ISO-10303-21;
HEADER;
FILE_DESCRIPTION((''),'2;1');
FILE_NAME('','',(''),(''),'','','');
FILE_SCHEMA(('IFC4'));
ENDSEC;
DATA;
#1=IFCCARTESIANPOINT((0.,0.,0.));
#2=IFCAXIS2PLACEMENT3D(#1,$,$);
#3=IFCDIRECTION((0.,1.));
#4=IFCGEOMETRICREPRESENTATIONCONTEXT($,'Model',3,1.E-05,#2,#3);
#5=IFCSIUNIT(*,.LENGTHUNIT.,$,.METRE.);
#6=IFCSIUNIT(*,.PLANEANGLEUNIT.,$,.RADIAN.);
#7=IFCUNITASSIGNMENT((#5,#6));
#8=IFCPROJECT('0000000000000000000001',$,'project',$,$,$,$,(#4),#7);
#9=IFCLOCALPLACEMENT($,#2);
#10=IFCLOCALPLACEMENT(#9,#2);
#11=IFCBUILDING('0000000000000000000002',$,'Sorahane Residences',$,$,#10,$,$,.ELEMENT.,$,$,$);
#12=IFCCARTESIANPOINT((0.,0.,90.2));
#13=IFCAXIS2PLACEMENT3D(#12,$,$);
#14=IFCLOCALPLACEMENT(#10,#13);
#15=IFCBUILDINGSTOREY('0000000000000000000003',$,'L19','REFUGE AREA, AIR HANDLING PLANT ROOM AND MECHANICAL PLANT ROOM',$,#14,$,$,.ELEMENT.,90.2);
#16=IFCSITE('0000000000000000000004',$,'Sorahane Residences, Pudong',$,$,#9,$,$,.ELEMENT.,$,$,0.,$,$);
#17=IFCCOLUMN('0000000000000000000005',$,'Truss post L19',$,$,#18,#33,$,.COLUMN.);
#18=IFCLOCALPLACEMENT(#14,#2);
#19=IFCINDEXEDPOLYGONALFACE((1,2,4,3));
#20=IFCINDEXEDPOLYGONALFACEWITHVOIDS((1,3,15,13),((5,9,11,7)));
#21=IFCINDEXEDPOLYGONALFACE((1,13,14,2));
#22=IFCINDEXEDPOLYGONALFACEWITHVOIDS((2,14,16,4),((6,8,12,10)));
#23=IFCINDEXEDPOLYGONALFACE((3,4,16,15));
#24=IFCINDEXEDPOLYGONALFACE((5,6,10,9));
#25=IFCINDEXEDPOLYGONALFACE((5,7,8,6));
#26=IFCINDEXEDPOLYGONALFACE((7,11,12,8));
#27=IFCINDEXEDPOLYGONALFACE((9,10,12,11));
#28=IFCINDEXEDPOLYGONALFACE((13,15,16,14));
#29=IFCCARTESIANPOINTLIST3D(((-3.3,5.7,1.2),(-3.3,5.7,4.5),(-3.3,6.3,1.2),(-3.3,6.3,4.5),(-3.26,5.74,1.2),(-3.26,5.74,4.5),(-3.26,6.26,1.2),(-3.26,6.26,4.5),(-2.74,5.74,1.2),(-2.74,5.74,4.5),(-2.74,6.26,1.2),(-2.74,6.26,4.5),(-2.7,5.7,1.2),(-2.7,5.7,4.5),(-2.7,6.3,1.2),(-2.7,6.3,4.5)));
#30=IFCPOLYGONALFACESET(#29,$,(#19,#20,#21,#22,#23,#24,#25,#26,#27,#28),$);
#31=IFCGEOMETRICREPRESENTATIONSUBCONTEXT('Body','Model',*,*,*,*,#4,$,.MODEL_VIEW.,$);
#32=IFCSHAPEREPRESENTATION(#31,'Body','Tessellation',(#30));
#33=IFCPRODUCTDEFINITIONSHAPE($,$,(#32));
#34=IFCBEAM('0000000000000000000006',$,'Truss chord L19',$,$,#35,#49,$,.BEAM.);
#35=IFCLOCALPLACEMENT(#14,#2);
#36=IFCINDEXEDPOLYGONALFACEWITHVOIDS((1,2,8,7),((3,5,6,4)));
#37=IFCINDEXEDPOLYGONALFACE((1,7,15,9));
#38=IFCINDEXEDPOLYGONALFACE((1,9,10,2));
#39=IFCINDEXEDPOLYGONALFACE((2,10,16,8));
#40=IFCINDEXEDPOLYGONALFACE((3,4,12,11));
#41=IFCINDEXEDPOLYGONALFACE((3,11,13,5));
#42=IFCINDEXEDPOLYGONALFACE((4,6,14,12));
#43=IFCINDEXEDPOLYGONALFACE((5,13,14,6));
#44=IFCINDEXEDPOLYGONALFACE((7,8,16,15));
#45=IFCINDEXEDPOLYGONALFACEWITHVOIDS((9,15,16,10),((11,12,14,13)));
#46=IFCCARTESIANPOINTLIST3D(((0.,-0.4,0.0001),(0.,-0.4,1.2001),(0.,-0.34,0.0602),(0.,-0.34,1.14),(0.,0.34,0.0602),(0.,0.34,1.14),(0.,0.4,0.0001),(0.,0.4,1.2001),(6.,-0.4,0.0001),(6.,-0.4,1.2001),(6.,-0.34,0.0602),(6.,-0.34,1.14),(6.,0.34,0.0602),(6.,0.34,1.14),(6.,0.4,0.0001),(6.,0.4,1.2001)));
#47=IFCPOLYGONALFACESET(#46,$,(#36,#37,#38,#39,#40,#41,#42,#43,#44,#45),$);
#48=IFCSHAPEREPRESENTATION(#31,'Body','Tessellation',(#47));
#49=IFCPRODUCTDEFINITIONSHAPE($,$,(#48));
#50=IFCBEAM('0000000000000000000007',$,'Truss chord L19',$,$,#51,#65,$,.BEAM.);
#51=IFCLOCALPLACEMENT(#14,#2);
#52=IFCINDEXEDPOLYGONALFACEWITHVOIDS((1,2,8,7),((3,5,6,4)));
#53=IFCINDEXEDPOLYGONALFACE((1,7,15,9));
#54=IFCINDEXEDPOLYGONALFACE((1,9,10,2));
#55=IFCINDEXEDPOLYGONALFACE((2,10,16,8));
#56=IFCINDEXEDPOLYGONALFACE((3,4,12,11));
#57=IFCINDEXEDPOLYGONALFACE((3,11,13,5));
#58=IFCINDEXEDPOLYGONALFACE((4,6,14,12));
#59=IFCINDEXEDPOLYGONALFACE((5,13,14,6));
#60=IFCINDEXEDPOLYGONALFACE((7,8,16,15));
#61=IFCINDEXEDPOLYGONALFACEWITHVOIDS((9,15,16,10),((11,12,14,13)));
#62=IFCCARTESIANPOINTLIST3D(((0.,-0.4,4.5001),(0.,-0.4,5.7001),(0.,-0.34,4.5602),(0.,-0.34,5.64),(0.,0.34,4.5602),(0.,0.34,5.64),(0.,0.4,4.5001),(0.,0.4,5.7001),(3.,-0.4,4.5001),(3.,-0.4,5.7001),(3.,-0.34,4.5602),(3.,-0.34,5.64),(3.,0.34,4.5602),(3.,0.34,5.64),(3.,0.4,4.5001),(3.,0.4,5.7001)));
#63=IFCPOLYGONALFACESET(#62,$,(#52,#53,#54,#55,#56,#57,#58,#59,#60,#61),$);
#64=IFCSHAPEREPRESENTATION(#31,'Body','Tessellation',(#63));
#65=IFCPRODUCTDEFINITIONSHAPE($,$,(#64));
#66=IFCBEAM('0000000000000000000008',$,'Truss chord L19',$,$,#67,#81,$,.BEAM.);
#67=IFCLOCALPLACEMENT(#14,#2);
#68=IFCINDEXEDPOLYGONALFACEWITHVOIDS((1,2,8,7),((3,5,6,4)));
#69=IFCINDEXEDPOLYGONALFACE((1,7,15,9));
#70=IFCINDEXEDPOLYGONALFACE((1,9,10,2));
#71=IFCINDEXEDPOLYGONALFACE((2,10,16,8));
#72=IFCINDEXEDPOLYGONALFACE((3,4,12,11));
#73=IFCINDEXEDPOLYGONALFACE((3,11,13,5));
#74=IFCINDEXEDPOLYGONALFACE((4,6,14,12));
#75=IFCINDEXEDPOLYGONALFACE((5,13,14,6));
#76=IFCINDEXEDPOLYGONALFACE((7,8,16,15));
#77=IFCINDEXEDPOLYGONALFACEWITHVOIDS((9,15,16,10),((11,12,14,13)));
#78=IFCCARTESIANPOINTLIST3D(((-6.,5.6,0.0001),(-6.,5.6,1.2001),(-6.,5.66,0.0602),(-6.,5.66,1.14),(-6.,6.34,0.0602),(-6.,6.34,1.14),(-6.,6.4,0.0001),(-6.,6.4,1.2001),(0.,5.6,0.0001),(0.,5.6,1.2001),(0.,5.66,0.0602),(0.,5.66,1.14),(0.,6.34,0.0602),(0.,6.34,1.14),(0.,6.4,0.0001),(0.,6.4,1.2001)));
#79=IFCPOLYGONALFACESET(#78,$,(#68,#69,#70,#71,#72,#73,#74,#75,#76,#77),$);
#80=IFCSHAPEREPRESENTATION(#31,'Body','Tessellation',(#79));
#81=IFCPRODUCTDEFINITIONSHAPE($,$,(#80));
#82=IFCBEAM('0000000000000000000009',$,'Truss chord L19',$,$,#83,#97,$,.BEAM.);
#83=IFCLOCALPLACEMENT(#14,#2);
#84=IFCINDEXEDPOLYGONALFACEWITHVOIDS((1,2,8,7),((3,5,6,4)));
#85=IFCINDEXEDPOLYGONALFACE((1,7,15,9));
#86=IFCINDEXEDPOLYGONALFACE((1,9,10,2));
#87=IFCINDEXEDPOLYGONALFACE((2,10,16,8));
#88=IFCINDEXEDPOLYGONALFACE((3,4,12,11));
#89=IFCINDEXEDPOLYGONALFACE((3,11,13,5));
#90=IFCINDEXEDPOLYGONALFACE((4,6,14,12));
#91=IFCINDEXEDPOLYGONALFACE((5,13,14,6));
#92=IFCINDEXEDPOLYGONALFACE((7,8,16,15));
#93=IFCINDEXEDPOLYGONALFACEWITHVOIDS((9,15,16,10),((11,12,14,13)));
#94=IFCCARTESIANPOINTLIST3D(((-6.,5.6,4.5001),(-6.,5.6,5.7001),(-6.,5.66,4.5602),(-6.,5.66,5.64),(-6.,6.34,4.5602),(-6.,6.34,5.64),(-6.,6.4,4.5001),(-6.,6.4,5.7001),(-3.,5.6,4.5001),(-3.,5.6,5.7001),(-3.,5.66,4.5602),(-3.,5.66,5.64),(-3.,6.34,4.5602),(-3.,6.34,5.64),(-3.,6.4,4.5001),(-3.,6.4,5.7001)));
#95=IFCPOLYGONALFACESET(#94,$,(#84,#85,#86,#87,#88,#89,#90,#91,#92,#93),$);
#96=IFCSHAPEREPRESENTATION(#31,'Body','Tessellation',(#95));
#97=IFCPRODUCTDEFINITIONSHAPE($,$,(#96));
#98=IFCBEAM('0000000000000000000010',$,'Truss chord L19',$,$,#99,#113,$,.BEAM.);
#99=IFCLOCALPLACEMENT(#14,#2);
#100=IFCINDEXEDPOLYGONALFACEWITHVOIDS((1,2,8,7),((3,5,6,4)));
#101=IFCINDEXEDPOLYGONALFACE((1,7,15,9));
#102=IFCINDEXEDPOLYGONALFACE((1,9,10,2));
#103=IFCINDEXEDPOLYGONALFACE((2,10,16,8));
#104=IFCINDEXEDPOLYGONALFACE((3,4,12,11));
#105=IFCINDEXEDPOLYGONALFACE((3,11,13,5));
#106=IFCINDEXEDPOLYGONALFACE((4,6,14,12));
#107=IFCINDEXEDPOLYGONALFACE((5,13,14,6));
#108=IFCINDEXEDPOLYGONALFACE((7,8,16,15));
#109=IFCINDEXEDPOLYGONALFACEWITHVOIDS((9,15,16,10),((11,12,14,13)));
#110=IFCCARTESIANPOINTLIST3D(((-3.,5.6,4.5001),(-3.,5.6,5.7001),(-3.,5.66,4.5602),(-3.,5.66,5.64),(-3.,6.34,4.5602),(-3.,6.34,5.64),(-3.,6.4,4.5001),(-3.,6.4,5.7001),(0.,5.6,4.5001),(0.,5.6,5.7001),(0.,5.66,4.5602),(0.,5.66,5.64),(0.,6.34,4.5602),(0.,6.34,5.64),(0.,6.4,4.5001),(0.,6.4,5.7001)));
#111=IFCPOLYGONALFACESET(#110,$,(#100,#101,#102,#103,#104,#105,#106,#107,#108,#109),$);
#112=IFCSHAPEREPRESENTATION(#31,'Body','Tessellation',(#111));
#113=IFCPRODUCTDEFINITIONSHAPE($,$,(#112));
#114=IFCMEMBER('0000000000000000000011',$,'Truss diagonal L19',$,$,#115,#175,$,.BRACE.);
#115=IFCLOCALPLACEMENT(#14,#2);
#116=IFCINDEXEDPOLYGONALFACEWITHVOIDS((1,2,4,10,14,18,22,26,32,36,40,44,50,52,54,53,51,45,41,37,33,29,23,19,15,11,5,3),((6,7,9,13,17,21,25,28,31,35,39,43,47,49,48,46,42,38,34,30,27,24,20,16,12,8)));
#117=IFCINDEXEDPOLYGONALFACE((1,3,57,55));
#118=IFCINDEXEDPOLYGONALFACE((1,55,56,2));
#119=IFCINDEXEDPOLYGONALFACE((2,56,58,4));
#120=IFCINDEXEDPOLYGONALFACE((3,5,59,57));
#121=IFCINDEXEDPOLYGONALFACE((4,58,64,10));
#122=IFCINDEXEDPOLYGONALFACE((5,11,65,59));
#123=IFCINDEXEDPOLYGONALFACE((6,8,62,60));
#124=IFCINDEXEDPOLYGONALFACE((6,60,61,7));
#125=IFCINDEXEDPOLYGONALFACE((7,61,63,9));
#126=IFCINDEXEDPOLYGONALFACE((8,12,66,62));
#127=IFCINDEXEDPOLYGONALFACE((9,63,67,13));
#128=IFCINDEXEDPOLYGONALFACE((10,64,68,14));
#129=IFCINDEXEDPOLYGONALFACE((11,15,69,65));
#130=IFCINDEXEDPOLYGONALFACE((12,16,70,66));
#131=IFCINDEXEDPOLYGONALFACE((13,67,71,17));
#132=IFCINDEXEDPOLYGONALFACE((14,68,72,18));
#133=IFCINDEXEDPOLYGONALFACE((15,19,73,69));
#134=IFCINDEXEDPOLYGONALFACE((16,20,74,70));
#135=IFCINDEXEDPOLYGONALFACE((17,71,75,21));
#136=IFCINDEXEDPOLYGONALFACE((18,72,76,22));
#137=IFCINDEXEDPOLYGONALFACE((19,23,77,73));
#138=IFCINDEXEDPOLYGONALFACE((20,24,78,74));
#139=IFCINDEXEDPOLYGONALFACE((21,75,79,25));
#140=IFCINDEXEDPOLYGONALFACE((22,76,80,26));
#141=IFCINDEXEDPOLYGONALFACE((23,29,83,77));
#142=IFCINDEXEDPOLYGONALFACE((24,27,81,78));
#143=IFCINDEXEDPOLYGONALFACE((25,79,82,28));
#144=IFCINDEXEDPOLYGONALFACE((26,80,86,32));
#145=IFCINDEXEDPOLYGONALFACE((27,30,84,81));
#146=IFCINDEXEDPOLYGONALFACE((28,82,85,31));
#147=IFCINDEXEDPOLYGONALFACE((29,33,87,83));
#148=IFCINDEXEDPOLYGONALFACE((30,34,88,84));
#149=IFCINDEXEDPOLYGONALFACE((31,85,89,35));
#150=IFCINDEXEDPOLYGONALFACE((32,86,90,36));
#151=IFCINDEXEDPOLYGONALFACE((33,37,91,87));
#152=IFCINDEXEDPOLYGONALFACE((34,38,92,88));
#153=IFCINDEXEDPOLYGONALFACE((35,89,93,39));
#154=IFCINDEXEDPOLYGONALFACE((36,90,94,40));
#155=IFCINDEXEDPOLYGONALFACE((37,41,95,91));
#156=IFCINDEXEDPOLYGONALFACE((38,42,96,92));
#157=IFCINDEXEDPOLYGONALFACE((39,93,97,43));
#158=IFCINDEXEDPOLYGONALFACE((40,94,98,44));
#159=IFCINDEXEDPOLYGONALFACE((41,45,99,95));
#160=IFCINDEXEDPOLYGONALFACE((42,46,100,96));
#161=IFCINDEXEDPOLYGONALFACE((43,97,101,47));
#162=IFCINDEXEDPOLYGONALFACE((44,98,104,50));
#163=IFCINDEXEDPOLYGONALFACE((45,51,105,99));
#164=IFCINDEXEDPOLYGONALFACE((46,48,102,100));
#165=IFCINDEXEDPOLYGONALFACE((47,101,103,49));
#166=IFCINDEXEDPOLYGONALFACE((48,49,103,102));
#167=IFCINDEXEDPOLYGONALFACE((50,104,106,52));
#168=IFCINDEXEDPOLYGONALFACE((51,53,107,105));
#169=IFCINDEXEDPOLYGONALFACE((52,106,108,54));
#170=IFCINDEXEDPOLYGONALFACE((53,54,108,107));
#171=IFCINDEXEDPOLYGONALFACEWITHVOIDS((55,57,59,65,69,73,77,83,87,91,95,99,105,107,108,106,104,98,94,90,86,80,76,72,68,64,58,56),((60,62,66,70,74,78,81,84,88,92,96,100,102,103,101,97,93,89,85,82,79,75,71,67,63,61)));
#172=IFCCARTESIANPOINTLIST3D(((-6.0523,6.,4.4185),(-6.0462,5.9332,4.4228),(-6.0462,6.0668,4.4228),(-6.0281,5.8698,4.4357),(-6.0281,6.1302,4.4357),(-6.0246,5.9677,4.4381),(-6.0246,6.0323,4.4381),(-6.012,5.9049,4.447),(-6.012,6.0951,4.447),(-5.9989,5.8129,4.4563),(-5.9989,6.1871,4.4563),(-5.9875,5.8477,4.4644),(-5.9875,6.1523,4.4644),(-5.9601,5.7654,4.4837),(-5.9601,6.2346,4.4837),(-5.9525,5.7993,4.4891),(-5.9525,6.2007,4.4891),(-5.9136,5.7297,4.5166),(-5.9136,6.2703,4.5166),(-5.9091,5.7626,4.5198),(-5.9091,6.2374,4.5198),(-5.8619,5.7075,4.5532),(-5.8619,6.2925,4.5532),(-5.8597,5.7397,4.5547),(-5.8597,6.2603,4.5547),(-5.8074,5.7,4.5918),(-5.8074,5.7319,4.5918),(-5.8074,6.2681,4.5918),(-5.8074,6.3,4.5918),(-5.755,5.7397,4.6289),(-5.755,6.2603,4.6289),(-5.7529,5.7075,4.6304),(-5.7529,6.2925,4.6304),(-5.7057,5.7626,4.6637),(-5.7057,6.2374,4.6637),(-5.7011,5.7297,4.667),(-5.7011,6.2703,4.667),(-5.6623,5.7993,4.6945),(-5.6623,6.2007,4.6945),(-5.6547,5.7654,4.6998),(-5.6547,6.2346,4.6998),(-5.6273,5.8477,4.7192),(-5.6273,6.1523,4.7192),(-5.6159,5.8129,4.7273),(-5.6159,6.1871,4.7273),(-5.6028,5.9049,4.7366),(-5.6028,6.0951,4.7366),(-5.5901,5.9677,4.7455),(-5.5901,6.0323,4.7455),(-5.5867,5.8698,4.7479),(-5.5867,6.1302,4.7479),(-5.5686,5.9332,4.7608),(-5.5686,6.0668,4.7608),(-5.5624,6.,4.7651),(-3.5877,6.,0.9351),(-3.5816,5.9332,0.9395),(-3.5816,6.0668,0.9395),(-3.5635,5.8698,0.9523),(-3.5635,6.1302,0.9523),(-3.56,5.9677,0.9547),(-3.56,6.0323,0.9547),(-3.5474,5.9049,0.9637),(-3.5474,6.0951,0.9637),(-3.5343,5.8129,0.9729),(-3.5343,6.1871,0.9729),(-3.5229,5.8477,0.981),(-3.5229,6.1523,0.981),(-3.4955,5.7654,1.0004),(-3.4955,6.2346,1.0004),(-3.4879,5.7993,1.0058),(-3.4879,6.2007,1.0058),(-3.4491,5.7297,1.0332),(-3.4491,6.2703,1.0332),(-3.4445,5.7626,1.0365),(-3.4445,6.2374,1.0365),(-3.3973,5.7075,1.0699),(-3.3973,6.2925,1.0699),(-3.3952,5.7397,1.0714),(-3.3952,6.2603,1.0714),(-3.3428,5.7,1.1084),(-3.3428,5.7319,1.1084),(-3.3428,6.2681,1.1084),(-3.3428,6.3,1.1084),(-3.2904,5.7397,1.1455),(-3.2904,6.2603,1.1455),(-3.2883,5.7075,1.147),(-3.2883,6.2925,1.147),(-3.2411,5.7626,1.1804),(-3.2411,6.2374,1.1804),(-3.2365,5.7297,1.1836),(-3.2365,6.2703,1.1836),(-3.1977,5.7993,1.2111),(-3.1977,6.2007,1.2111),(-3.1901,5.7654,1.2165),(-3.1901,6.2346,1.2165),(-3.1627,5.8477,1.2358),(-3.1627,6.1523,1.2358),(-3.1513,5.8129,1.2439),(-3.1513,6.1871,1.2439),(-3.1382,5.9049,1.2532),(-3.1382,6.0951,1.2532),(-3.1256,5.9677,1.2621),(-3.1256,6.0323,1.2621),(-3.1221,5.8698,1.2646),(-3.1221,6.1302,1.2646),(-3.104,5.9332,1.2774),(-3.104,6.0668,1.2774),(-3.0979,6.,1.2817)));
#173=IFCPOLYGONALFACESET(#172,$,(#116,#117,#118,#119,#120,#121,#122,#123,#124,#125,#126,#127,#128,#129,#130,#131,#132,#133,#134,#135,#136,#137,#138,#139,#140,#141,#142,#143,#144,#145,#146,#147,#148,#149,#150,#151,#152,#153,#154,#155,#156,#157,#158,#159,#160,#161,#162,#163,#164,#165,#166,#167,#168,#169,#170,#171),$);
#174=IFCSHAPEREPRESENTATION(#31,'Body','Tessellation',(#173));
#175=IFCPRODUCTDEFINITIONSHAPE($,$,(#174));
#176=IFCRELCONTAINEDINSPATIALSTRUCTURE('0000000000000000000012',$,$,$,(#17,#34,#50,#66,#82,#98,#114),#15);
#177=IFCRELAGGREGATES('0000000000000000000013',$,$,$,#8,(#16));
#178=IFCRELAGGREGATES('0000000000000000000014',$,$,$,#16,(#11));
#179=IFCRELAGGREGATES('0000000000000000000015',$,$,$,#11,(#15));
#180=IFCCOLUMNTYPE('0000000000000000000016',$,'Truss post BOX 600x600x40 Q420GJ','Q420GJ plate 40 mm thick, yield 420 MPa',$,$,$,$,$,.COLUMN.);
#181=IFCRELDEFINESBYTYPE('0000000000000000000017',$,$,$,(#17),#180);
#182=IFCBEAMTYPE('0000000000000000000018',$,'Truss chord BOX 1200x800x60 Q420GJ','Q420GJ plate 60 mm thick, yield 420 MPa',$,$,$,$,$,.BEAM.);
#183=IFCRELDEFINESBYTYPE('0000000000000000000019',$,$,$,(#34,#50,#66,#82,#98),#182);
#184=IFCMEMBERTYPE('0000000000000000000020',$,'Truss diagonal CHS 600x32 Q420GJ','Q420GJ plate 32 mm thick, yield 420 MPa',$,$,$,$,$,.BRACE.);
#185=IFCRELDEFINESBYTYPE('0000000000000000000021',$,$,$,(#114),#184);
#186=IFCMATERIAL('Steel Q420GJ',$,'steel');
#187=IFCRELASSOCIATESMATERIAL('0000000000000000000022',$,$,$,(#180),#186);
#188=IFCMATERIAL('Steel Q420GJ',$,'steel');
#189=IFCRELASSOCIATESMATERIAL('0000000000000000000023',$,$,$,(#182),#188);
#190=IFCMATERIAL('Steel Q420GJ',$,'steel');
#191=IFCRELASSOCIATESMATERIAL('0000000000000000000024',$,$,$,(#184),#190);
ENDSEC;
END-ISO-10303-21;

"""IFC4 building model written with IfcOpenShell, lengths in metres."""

from ifc_helpers import new_model, si_unit, direction, frame, origin, origin_2d, place, context, subcontext, project, spatial, hollow_rectangle, hollow_circle, extrude, material, material_profile, profile_set, type_object, element, save


model = new_model("IFC4")

# Units and contexts
model_context = context("Model", 3, precision=1e-05, world=origin(), true_north=direction((0.0, 1.0)))
body_context = subcontext(model_context, "Body", "Model", "MODEL_VIEW")
ifc_project = project(units=[si_unit("LENGTHUNIT", "METRE"), si_unit("PLANEANGLEUNIT", "RADIAN")], contexts=[model_context])

# Site, building, storey
site_placement = place(None, origin())
site = spatial("IfcSite", under=ifc_project, at=site_placement, Name="Sorahane Residences, Pudong", CompositionType="ELEMENT", RefElevation=0.0)
building_placement = place(site_placement, origin())
building = spatial("IfcBuilding", under=site, at=building_placement, Name="Sorahane Residences", CompositionType="ELEMENT")
storey_placement = place(building_placement, frame((0.0, 0.0, 90.2)))
storey = spatial("IfcBuildingStorey", under=building, at=storey_placement, Name="L19", Description="REFUGE AREA, AIR HANDLING PLANT ROOM AND MECHANICAL PLANT ROOM", CompositionType="ELEMENT", Elevation=90.2)

# Column
ifc_material_1 = material(Name="Steel Q420GJ", Category="steel")
ifc_material_profile_1 = material_profile(ifc_material_1, hollow_rectangle(XDim=0.6001, YDim=0.6001, WallThickness=0.04, at=origin_2d()), Name="BOX 600x600x40")
ifc_profile_set_1 = profile_set([ifc_material_profile_1], Name="Steel Q420GJ")
column_type = type_object("IfcColumnType", Name="Truss post BOX 600x600x40 Q420GJ", Description="Q420GJ plate 40 mm thick, yield 420 MPa", PredefinedType="COLUMN", material=ifc_profile_set_1)
column_placement = place(storey_placement, frame((-3.0, 6.0, 1.2), z_axis=(0.0, 0.0, 1.0), x_axis=(1.0, 0.0, 0.0)))
element("IfcColumn", 1, at=column_placement, inside=storey, type_object=column_type, Name="Truss post L19", PredefinedType="COLUMN", context=body_context, shape_type="SweptSolid", body=[
    extrude(hollow_rectangle(XDim=0.6001, YDim=0.6001, WallThickness=0.04, at=origin_2d()), origin(), (0.0, 0.0, 1.0), 3.3),
])

# Beams
ifc_material_2 = material(Name="Steel Q420GJ", Category="steel")
ifc_material_profile_2 = material_profile(ifc_material_2, hollow_rectangle(XDim=0.8, YDim=1.2, WallThickness=0.0601, at=origin_2d()), Name="BOX 1200x800x60")
ifc_profile_set_2 = profile_set([ifc_material_profile_2], Name="Steel Q420GJ")
beam_type = type_object("IfcBeamType", Name="Truss chord BOX 1200x800x60 Q420GJ", Description="Q420GJ plate 60 mm thick, yield 420 MPa", PredefinedType="BEAM", material=ifc_profile_set_2)
beam_1_placement = place(storey_placement, frame((0.0, 0.0, 0.6001), z_axis=(1.0, 0.0, 0.0), x_axis=(0.0, 1.0, 0.0)))
element("IfcBeam", 2, at=beam_1_placement, inside=storey, type_object=beam_type, Name="Truss chord L19", PredefinedType="BEAM", context=body_context, shape_type="SweptSolid", body=[
    extrude(hollow_rectangle(XDim=0.8, YDim=1.2, WallThickness=0.0601, at=origin_2d()), origin(), (0.0, 0.0, 1.0), 6.0),
])
beam_2_placement = place(storey_placement, frame((0.0, 0.0, 5.1001), z_axis=(1.0, 0.0, 0.0), x_axis=(0.0, 1.0, 0.0)))
element("IfcBeam", 3, at=beam_2_placement, inside=storey, type_object=beam_type, Name="Truss chord L19", PredefinedType="BEAM", context=body_context, shape_type="SweptSolid", body=[
    extrude(hollow_rectangle(XDim=0.8, YDim=1.2, WallThickness=0.0601, at=origin_2d()), origin(), (0.0, 0.0, 1.0), 3.0),
])
beam_3_placement = place(storey_placement, frame((-6.0, 6.0, 0.6001), z_axis=(1.0, 0.0, 0.0), x_axis=(0.0, 1.0, 0.0)))
element("IfcBeam", 4, at=beam_3_placement, inside=storey, type_object=beam_type, Name="Truss chord L19", PredefinedType="BEAM", context=body_context, shape_type="SweptSolid", body=[
    extrude(hollow_rectangle(XDim=0.8, YDim=1.2, WallThickness=0.0601, at=origin_2d()), origin(), (0.0, 0.0, 1.0), 6.0),
])
for number, where, z_axis, x_axis, name in (
    (5, (-6.0, 6.0, 5.1001), (1.0, 0.0, 0.0), (0.0, 1.0, 0.0), "Truss chord L19"),
    (6, (-3.0, 6.0, 5.1001), (1.0, 0.0, 0.0), (0.0, 1.0, 0.0), "Truss chord L19"),
):
    element("IfcBeam", number, at=place(storey_placement, frame(where, z_axis=z_axis, x_axis=x_axis)), inside=storey, type_object=beam_type, Name=name, PredefinedType="BEAM", context=body_context, shape_type="SweptSolid", body=[
        extrude(hollow_rectangle(XDim=0.8, YDim=1.2, WallThickness=0.0601, at=origin_2d()), origin(), (0.0, 0.0, 1.0), 3.0),
    ])

# Member
ifc_material_3 = material(Name="Steel Q420GJ", Category="steel")
ifc_material_profile_3 = material_profile(ifc_material_3, hollow_circle(Radius=0.3, WallThickness=0.032, at=origin_2d()), Name="CHS 600x32")
ifc_profile_set_3 = profile_set([ifc_material_profile_3], Name="Steel Q420GJ")
member_type = type_object("IfcMemberType", Name="Truss diagonal CHS 600x32 Q420GJ", Description="Q420GJ plate 32 mm thick, yield 420 MPa", PredefinedType="BRACE", material=ifc_profile_set_3)
member_1_placement = place(storey_placement, frame((-5.8074, 6.0, 4.5918), z_axis=(0.577579, 0.0, -0.816335), x_axis=(0.0, 1.0, 0.0)))
element("IfcMember", 7, at=member_1_placement, inside=storey, type_object=member_type, Name="Truss diagonal L19", PredefinedType="BRACE", context=body_context, shape_type="SweptSolid", body=[
    extrude(hollow_circle(Radius=0.3, WallThickness=0.032, at=origin_2d()), origin(), (0.0, 0.0, 1.0), 4.2671),
])

save(model, "model.ifc")
